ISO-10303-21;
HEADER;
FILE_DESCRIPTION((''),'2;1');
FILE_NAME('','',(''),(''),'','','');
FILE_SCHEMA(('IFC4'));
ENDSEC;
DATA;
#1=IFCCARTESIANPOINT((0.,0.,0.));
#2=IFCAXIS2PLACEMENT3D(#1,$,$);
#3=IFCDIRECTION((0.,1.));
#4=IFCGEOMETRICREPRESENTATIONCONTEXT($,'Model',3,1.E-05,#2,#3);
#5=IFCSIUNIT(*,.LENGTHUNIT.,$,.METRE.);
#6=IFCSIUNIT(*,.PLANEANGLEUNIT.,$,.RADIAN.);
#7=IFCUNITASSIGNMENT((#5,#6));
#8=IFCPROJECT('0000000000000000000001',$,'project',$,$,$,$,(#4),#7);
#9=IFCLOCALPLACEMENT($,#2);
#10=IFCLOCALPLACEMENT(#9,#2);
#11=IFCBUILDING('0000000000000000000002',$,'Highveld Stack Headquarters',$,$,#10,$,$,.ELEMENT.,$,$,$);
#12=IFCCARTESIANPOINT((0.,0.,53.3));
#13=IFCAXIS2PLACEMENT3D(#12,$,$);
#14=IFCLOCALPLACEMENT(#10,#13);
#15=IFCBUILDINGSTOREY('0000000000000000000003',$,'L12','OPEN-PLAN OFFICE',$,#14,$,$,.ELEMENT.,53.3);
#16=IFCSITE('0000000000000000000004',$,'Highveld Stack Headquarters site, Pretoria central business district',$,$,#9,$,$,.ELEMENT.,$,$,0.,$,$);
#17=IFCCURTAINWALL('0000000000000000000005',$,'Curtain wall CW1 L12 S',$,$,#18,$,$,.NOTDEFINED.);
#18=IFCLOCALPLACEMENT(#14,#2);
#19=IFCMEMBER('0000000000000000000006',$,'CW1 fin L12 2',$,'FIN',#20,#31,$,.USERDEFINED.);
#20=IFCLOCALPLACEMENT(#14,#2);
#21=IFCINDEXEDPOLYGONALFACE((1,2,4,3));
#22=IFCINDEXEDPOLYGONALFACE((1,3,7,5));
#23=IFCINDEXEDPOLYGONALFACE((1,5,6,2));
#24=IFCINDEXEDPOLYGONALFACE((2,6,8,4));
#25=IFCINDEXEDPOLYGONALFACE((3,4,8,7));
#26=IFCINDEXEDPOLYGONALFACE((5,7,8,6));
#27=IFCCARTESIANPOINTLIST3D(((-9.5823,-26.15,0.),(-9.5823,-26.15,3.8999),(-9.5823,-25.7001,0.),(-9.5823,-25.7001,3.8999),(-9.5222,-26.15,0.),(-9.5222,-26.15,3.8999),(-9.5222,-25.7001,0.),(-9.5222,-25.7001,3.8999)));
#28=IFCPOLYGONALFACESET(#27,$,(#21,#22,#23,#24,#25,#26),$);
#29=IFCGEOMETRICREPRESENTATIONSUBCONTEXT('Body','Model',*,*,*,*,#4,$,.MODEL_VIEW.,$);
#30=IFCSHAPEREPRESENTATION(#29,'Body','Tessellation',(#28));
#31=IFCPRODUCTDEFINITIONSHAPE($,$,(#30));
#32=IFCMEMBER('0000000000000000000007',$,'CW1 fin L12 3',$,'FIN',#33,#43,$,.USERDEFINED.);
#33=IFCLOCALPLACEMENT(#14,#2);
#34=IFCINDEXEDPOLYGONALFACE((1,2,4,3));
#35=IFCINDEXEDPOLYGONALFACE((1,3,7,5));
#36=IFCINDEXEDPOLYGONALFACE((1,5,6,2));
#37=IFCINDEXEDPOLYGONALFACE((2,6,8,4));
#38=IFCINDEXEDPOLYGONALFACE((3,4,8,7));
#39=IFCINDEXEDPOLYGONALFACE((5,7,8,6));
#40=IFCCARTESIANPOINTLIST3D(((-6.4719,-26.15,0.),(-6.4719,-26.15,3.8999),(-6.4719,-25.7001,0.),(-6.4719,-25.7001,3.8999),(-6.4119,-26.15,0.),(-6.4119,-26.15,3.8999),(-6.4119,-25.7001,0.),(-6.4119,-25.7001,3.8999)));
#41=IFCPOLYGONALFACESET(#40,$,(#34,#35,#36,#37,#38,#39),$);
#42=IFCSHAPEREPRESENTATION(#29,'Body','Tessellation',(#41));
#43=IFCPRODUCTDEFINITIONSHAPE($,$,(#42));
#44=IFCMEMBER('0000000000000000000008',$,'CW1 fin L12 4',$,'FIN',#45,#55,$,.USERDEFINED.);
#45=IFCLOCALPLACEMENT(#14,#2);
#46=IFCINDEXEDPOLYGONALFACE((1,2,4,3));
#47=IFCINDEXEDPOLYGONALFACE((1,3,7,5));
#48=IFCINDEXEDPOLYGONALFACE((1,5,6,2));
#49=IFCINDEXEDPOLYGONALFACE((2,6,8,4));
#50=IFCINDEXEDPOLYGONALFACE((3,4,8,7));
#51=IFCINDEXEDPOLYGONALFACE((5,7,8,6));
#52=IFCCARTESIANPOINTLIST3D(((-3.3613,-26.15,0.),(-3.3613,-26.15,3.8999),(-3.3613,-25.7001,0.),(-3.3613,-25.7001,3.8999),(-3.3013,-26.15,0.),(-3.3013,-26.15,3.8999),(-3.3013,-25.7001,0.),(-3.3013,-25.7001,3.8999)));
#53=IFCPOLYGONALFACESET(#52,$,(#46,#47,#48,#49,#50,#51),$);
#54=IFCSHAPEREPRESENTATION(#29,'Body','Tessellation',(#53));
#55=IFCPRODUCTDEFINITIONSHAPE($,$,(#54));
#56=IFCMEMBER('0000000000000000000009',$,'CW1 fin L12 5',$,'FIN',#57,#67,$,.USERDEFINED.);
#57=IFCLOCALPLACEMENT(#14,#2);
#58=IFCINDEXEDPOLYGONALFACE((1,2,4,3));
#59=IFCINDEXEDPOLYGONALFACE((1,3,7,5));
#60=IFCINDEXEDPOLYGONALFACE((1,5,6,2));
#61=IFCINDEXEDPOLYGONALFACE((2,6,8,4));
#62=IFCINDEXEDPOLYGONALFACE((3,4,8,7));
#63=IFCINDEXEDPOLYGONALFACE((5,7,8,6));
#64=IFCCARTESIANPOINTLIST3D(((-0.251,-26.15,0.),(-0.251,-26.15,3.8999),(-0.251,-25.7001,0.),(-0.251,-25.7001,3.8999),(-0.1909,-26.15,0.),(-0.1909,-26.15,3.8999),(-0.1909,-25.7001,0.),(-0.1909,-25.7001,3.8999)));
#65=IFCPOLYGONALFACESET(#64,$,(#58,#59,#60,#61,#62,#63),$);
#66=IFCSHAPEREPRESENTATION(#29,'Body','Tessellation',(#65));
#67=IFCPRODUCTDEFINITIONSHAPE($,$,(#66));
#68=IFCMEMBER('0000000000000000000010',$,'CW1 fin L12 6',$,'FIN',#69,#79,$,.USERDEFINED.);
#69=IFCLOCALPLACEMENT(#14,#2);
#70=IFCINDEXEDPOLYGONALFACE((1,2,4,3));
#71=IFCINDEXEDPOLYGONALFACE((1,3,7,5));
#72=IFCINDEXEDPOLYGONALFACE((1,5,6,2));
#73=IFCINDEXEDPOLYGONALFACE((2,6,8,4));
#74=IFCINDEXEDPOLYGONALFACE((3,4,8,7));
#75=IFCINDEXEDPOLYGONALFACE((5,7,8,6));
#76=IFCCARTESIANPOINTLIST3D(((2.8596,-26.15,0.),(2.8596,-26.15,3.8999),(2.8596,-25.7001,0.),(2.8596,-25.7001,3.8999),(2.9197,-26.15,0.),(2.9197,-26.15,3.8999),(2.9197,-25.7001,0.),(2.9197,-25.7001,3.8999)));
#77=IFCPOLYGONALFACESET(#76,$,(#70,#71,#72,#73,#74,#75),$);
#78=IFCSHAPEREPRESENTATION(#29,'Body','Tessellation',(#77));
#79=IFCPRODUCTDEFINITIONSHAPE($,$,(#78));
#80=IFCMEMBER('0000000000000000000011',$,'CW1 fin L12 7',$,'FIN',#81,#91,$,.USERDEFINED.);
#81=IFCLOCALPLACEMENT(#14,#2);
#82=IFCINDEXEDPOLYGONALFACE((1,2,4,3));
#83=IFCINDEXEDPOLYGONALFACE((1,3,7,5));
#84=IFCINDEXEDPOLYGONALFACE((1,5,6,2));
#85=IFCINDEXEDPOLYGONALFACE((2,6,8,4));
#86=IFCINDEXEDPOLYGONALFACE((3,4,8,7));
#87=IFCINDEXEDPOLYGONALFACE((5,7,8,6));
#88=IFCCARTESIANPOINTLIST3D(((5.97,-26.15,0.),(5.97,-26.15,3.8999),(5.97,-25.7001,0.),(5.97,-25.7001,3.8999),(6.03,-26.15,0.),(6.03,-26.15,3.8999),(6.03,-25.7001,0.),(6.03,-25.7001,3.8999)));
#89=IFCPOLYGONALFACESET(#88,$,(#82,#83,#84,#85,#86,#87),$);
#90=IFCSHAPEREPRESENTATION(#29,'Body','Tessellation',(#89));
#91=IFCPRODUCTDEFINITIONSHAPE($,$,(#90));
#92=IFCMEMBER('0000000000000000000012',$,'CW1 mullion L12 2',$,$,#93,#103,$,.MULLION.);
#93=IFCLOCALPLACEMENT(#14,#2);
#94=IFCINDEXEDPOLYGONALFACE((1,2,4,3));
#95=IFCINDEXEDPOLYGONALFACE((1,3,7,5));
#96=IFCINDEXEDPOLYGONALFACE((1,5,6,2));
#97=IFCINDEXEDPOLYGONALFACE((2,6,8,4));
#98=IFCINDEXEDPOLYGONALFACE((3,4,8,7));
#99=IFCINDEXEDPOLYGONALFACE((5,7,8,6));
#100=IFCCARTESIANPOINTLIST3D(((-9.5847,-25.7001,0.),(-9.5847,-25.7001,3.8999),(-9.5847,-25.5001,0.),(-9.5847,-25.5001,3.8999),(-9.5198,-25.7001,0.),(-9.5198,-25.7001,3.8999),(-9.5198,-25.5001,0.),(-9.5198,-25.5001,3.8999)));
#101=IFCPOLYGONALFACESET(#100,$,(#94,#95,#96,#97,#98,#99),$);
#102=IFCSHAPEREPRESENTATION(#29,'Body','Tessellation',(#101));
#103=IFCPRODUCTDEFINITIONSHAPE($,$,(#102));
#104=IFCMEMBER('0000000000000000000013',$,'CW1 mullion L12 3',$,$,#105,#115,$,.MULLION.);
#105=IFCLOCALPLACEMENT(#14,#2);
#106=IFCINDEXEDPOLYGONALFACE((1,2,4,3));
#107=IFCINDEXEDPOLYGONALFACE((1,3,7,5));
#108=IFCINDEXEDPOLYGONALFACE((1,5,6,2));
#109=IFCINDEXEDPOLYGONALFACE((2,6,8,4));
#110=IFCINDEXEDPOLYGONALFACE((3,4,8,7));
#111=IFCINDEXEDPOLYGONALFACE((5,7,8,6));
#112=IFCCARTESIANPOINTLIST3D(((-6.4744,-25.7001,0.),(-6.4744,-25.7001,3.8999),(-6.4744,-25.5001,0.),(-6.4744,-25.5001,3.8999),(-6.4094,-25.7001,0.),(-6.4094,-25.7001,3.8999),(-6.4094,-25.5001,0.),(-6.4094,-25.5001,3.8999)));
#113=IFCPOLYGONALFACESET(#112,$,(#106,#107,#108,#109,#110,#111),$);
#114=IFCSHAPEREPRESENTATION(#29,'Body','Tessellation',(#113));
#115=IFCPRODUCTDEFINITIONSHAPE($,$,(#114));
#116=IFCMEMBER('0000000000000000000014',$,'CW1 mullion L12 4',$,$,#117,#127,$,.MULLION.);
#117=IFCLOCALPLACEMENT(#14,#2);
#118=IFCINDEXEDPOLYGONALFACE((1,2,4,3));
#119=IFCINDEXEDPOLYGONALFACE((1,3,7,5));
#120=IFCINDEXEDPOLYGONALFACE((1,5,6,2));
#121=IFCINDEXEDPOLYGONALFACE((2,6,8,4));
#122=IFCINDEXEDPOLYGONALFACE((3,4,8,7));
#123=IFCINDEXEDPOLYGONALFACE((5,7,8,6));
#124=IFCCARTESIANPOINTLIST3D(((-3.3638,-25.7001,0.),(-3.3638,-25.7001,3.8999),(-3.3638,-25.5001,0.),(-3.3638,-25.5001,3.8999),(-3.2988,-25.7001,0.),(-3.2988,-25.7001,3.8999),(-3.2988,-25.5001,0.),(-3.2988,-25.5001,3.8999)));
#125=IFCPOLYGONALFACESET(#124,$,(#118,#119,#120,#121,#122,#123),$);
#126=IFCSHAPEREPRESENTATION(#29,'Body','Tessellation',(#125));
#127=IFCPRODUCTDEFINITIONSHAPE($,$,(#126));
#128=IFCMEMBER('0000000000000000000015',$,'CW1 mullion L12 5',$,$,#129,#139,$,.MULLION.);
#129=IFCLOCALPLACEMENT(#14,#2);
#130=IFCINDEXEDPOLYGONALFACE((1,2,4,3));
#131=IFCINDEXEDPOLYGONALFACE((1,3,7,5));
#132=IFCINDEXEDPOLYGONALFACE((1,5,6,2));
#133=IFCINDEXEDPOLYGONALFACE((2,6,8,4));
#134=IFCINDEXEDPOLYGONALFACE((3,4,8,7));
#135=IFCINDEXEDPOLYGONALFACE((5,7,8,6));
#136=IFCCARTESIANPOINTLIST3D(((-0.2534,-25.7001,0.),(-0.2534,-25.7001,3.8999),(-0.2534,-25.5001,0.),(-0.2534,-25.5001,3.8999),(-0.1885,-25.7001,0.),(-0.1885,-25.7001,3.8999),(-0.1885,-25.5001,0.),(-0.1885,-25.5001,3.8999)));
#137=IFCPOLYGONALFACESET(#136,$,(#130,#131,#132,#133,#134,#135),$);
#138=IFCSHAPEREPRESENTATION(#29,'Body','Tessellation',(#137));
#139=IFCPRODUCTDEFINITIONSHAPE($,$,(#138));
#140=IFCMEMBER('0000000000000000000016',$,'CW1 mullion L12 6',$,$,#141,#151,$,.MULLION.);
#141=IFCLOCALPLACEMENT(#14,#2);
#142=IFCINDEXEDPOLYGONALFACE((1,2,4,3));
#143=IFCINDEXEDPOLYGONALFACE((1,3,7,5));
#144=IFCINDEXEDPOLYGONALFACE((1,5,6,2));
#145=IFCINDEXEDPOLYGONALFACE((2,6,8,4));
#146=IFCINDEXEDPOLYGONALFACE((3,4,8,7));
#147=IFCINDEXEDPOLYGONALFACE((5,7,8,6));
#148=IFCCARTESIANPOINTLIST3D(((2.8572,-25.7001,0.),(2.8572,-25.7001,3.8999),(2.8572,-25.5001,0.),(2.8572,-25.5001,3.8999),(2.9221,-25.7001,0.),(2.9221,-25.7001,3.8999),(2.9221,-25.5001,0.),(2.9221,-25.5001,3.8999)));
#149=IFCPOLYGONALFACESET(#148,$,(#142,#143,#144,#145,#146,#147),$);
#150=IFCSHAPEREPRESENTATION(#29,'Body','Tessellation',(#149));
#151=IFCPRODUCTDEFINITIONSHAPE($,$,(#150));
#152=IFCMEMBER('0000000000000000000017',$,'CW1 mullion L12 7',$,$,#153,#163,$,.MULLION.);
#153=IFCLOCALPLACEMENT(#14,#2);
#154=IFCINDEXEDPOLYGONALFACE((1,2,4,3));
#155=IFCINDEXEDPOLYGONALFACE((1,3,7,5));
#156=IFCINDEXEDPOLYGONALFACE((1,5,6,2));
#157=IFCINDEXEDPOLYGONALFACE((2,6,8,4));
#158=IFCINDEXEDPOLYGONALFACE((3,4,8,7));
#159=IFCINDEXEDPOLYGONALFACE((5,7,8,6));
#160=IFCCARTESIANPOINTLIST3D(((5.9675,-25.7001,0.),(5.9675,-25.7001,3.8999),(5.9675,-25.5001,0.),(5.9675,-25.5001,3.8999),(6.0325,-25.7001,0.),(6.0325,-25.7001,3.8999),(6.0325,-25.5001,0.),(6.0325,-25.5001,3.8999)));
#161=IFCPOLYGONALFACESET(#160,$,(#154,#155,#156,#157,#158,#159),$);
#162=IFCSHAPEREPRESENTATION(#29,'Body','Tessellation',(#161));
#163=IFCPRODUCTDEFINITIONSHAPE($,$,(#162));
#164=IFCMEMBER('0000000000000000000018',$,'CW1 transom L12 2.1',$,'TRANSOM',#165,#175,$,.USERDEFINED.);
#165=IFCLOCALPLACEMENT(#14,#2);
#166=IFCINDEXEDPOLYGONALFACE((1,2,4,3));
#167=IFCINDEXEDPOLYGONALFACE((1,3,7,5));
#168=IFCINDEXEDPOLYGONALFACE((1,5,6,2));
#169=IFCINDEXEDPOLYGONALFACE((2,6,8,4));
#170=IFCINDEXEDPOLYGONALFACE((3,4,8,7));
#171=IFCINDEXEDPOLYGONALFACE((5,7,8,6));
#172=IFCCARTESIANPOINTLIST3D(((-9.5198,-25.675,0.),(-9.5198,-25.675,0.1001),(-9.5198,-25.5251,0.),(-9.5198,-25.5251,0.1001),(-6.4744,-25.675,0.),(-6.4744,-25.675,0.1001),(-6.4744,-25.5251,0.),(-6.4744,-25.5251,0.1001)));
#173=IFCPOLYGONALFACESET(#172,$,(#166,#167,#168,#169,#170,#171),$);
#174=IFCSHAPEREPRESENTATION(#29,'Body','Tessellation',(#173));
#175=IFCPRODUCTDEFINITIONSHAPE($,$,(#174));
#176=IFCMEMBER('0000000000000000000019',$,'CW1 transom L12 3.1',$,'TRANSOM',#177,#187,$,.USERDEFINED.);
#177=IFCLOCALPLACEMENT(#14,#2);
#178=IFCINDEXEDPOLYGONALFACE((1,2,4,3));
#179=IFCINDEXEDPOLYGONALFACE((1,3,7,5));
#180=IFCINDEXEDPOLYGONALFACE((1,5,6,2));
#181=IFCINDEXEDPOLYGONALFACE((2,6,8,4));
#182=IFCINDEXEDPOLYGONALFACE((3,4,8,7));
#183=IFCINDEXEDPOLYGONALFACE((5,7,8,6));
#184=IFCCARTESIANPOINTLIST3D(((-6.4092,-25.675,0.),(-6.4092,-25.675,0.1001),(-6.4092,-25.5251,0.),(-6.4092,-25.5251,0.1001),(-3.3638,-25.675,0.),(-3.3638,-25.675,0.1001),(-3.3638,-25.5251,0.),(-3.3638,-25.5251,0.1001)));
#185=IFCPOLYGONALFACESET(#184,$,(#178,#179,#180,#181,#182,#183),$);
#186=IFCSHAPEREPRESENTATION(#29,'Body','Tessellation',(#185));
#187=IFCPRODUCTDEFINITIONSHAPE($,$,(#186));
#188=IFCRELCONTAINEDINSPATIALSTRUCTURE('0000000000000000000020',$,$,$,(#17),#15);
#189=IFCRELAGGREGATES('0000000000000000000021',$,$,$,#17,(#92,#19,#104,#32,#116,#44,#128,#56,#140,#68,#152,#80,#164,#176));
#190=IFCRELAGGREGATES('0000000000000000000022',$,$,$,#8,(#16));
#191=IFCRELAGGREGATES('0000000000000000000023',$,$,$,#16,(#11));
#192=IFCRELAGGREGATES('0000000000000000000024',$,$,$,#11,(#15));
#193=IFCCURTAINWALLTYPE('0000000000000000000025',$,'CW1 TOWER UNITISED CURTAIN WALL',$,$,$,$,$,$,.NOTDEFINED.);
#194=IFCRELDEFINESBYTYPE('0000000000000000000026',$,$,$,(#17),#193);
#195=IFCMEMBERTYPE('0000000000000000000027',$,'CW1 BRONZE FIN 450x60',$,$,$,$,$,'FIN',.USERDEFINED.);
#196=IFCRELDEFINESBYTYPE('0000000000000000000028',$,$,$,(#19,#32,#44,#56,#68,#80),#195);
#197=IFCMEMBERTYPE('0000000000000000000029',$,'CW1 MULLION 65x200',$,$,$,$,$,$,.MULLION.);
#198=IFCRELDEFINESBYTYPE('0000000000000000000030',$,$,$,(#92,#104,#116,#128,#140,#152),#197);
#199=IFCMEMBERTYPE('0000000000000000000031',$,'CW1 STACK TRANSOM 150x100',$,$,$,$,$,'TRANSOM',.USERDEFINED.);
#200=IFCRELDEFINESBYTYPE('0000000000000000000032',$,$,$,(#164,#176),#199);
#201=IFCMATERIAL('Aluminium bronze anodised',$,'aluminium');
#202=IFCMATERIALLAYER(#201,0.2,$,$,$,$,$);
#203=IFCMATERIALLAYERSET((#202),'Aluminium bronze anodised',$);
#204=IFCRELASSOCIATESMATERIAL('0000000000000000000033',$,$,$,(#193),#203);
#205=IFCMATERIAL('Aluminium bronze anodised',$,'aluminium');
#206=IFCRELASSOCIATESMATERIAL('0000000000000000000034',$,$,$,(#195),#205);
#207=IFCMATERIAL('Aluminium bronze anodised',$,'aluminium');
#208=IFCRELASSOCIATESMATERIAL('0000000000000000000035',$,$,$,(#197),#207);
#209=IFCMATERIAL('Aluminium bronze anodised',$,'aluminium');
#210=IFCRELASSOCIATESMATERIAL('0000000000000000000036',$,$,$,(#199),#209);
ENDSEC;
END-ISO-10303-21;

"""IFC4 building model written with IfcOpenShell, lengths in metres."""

from ifc_helpers import new_model, si_unit, direction, frame, origin, origin_2d, place, context, subcontext, project, spatial, rectangle, extrude, material, layer, layer_set, material_profile, profile_set, type_object, element, aggregate, save


model = new_model("IFC4")

# Units and contexts
model_context = context("Model", 3, precision=1e-05, world=origin(), true_north=direction((0.0, 1.0)))
body_context = subcontext(model_context, "Body", "Model", "MODEL_VIEW")
ifc_project = project(units=[si_unit("LENGTHUNIT", "METRE"), si_unit("PLANEANGLEUNIT", "RADIAN")], contexts=[model_context])

# Site, building, storey
site_placement = place(None, origin())
site = spatial("IfcSite", under=ifc_project, at=site_placement, Name="Highveld Stack Headquarters site, Pretoria central business district", CompositionType="ELEMENT", RefElevation=0.0)
building_placement = place(site_placement, origin())
building = spatial("IfcBuilding", under=site, at=building_placement, Name="Highveld Stack Headquarters", CompositionType="ELEMENT")
storey_placement = place(building_placement, frame((0.0, 0.0, 53.3)))
storey = spatial("IfcBuildingStorey", under=building, at=storey_placement, Name="L12", Description="OPEN-PLAN OFFICE", CompositionType="ELEMENT", Elevation=53.3)

# Curtain wall, members
ifc_material_1 = material(Name="Aluminium bronze anodised", Category="aluminium")
ifc_layer_1 = layer(ifc_material_1, 0.2)
ifc_layer_set_1 = layer_set([ifc_layer_1], Name="Aluminium bronze anodised")
curtain_wall_type = type_object("IfcCurtainWallType", Name="CW1 TOWER UNITISED CURTAIN WALL", PredefinedType="NOTDEFINED", material=ifc_layer_set_1)
curtain_wall_placement = place(storey_placement, origin())
curtain_wall = element("IfcCurtainWall", 1, at=curtain_wall_placement, inside=storey, type_object=curtain_wall_type, Name="Curtain wall CW1 L12 S", PredefinedType="NOTDEFINED")
ifc_material_2 = material(Name="Aluminium bronze anodised", Category="aluminium")
ifc_material_profile_1 = material_profile(ifc_material_2, rectangle(XDim=0.45, YDim=0.0601, at=origin_2d()), Name="FIN 450x60")
ifc_profile_set_1 = profile_set([ifc_material_profile_1], Name="Aluminium bronze anodised")
member_type_1 = type_object("IfcMemberType", Name="CW1 BRONZE FIN 450x60", ElementType="FIN", PredefinedType="USERDEFINED", material=ifc_profile_set_1)
member_1_placement = place(storey_placement, frame((-9.5522, -25.925, 0.0), z_axis=(0.0, 0.0, 1.0), x_axis=(0.0, 1.0, 0.0)))
member_1 = element("IfcMember", 2, at=member_1_placement, type_object=member_type_1, Name="CW1 fin L12 2", ObjectType="FIN", PredefinedType="USERDEFINED", context=body_context, shape_type="SweptSolid", body=[
    extrude(rectangle(XDim=0.45, YDim=0.0601, at=origin_2d()), origin(), (0.0, 0.0, 1.0), 3.8999),
])
member_2_placement = place(storey_placement, frame((-6.4419, -25.925, 0.0), z_axis=(0.0, 0.0, 1.0), x_axis=(0.0, 1.0, 0.0)))
member_2 = element("IfcMember", 3, at=member_2_placement, type_object=member_type_1, Name="CW1 fin L12 3", ObjectType="FIN", PredefinedType="USERDEFINED", context=body_context, shape_type="SweptSolid", body=[
    extrude(rectangle(XDim=0.45, YDim=0.0601, at=origin_2d()), origin(), (0.0, 0.0, 1.0), 3.8999),
])
member_3_placement = place(storey_placement, frame((-3.3313, -25.925, 0.0), z_axis=(0.0, 0.0, 1.0), x_axis=(0.0, 1.0, 0.0)))
member_3 = element("IfcMember", 4, at=member_3_placement, type_object=member_type_1, Name="CW1 fin L12 4", ObjectType="FIN", PredefinedType="USERDEFINED", context=body_context, shape_type="SweptSolid", body=[
    extrude(rectangle(XDim=0.45, YDim=0.0601, at=origin_2d()), origin(), (0.0, 0.0, 1.0), 3.8999),
])
member_4_placement = place(storey_placement, frame((-0.2209, -25.925, 0.0), z_axis=(0.0, 0.0, 1.0), x_axis=(0.0, 1.0, 0.0)))
member_4 = element("IfcMember", 5, at=member_4_placement, type_object=member_type_1, Name="CW1 fin L12 5", ObjectType="FIN", PredefinedType="USERDEFINED", context=body_context, shape_type="SweptSolid", body=[
    extrude(rectangle(XDim=0.45, YDim=0.0601, at=origin_2d()), origin(), (0.0, 0.0, 1.0), 3.8999),
])
member_5_placement = place(storey_placement, frame((2.8896, -25.925, 0.0), z_axis=(0.0, 0.0, 1.0), x_axis=(0.0, 1.0, 0.0)))
member_5 = element("IfcMember", 6, at=member_5_placement, type_object=member_type_1, Name="CW1 fin L12 6", ObjectType="FIN", PredefinedType="USERDEFINED", context=body_context, shape_type="SweptSolid", body=[
    extrude(rectangle(XDim=0.45, YDim=0.0601, at=origin_2d()), origin(), (0.0, 0.0, 1.0), 3.8999),
])
member_6_placement = place(storey_placement, frame((6.0, -25.925, 0.0), z_axis=(0.0, 0.0, 1.0), x_axis=(0.0, 1.0, 0.0)))
member_6 = element("IfcMember", 7, at=member_6_placement, type_object=member_type_1, Name="CW1 fin L12 7", ObjectType="FIN", PredefinedType="USERDEFINED", context=body_context, shape_type="SweptSolid", body=[
    extrude(rectangle(XDim=0.45, YDim=0.0601, at=origin_2d()), origin(), (0.0, 0.0, 1.0), 3.8999),
])
ifc_material_3 = material(Name="Aluminium bronze anodised", Category="aluminium")
ifc_material_profile_2 = material_profile(ifc_material_3, rectangle(XDim=0.2, YDim=0.0649, at=origin_2d()), Name="CW1 MULLION 65x200")
ifc_profile_set_2 = profile_set([ifc_material_profile_2], Name="Aluminium bronze anodised")
member_type_2 = type_object("IfcMemberType", Name="CW1 MULLION 65x200", PredefinedType="MULLION", material=ifc_profile_set_2)
member_7_placement = place(storey_placement, frame((-9.5522, -25.6001, 0.0), z_axis=(0.0, 0.0, 1.0), x_axis=(0.0, 1.0, 0.0)))
member_7 = element("IfcMember", 8, at=member_7_placement, type_object=member_type_2, Name="CW1 mullion L12 2", PredefinedType="MULLION", context=body_context, shape_type="SweptSolid", body=[
    extrude(rectangle(XDim=0.2, YDim=0.0649, at=origin_2d()), origin(), (0.0, 0.0, 1.0), 3.8999),
])
member_8_placement = place(storey_placement, frame((-6.4419, -25.6001, 0.0), z_axis=(0.0, 0.0, 1.0), x_axis=(0.0, 1.0, 0.0)))
member_8 = element("IfcMember", 9, at=member_8_placement, type_object=member_type_2, Name="CW1 mullion L12 3", PredefinedType="MULLION", context=body_context, shape_type="SweptSolid", body=[
    extrude(rectangle(XDim=0.2, YDim=0.0649, at=origin_2d()), origin(), (0.0, 0.0, 1.0), 3.8999),
])
member_9_placement = place(storey_placement, frame((-3.3313, -25.6001, 0.0), z_axis=(0.0, 0.0, 1.0), x_axis=(0.0, 1.0, 0.0)))
member_9 = element("IfcMember", 10, at=member_9_placement, type_object=member_type_2, Name="CW1 mullion L12 4", PredefinedType="MULLION", context=body_context, shape_type="SweptSolid", body=[
    extrude(rectangle(XDim=0.2, YDim=0.0649, at=origin_2d()), origin(), (0.0, 0.0, 1.0), 3.8999),
])
member_10_placement = place(storey_placement, frame((-0.2209, -25.6001, 0.0), z_axis=(0.0, 0.0, 1.0), x_axis=(0.0, 1.0, 0.0)))
member_10 = element("IfcMember", 11, at=member_10_placement, type_object=member_type_2, Name="CW1 mullion L12 5", PredefinedType="MULLION", context=body_context, shape_type="SweptSolid", body=[
    extrude(rectangle(XDim=0.2, YDim=0.0649, at=origin_2d()), origin(), (0.0, 0.0, 1.0), 3.8999),
])
member_11_placement = place(storey_placement, frame((2.8896, -25.6001, 0.0), z_axis=(0.0, 0.0, 1.0), x_axis=(0.0, 1.0, 0.0)))
member_11 = element("IfcMember", 12, at=member_11_placement, type_object=member_type_2, Name="CW1 mullion L12 6", PredefinedType="MULLION", context=body_context, shape_type="SweptSolid", body=[
    extrude(rectangle(XDim=0.2, YDim=0.0649, at=origin_2d()), origin(), (0.0, 0.0, 1.0), 3.8999),
])
member_12_placement = place(storey_placement, frame((6.0, -25.6001, 0.0), z_axis=(0.0, 0.0, 1.0), x_axis=(0.0, 1.0, 0.0)))
member_12 = element("IfcMember", 13, at=member_12_placement, type_object=member_type_2, Name="CW1 mullion L12 7", PredefinedType="MULLION", context=body_context, shape_type="SweptSolid", body=[
    extrude(rectangle(XDim=0.2, YDim=0.0649, at=origin_2d()), origin(), (0.0, 0.0, 1.0), 3.8999),
])
ifc_material_4 = material(Name="Aluminium bronze anodised", Category="aluminium")
ifc_material_profile_3 = material_profile(ifc_material_4, rectangle(XDim=0.1499, YDim=0.1001, at=origin_2d()), Name="CW1 TRANSOM 150x100")
ifc_profile_set_3 = profile_set([ifc_material_profile_3], Name="Aluminium bronze anodised")
member_type_3 = type_object("IfcMemberType", Name="CW1 STACK TRANSOM 150x100", ElementType="TRANSOM", PredefinedType="USERDEFINED", material=ifc_profile_set_3)
member_13_placement = place(storey_placement, frame((-9.5198, -25.6001, 0.05), z_axis=(1.0, 0.0, 0.0), x_axis=(0.0, 1.0, 0.0)))
member_13 = element("IfcMember", 14, at=member_13_placement, type_object=member_type_3, Name="CW1 transom L12 2.1", ObjectType="TRANSOM", PredefinedType="USERDEFINED", context=body_context, shape_type="SweptSolid", body=[
    extrude(rectangle(XDim=0.1499, YDim=0.1001, at=origin_2d()), origin(), (0.0, 0.0, 1.0), 3.0454),
])
member_14_placement = place(storey_placement, frame((-6.4092, -25.6001, 0.05), z_axis=(1.0, 0.0, 0.0), x_axis=(0.0, 1.0, 0.0)))
member_14 = element("IfcMember", 15, at=member_14_placement, type_object=member_type_3, Name="CW1 transom L12 3.1", ObjectType="TRANSOM", PredefinedType="USERDEFINED", context=body_context, shape_type="SweptSolid", body=[
    extrude(rectangle(XDim=0.1499, YDim=0.1001, at=origin_2d()), origin(), (0.0, 0.0, 1.0), 3.0454),
])
aggregate(curtain_wall, [member_7, member_1, member_8, member_2, member_9, member_3, member_10, member_4, member_11, member_5, member_12, member_6, member_13, member_14])

save(model, "model.ifc")
